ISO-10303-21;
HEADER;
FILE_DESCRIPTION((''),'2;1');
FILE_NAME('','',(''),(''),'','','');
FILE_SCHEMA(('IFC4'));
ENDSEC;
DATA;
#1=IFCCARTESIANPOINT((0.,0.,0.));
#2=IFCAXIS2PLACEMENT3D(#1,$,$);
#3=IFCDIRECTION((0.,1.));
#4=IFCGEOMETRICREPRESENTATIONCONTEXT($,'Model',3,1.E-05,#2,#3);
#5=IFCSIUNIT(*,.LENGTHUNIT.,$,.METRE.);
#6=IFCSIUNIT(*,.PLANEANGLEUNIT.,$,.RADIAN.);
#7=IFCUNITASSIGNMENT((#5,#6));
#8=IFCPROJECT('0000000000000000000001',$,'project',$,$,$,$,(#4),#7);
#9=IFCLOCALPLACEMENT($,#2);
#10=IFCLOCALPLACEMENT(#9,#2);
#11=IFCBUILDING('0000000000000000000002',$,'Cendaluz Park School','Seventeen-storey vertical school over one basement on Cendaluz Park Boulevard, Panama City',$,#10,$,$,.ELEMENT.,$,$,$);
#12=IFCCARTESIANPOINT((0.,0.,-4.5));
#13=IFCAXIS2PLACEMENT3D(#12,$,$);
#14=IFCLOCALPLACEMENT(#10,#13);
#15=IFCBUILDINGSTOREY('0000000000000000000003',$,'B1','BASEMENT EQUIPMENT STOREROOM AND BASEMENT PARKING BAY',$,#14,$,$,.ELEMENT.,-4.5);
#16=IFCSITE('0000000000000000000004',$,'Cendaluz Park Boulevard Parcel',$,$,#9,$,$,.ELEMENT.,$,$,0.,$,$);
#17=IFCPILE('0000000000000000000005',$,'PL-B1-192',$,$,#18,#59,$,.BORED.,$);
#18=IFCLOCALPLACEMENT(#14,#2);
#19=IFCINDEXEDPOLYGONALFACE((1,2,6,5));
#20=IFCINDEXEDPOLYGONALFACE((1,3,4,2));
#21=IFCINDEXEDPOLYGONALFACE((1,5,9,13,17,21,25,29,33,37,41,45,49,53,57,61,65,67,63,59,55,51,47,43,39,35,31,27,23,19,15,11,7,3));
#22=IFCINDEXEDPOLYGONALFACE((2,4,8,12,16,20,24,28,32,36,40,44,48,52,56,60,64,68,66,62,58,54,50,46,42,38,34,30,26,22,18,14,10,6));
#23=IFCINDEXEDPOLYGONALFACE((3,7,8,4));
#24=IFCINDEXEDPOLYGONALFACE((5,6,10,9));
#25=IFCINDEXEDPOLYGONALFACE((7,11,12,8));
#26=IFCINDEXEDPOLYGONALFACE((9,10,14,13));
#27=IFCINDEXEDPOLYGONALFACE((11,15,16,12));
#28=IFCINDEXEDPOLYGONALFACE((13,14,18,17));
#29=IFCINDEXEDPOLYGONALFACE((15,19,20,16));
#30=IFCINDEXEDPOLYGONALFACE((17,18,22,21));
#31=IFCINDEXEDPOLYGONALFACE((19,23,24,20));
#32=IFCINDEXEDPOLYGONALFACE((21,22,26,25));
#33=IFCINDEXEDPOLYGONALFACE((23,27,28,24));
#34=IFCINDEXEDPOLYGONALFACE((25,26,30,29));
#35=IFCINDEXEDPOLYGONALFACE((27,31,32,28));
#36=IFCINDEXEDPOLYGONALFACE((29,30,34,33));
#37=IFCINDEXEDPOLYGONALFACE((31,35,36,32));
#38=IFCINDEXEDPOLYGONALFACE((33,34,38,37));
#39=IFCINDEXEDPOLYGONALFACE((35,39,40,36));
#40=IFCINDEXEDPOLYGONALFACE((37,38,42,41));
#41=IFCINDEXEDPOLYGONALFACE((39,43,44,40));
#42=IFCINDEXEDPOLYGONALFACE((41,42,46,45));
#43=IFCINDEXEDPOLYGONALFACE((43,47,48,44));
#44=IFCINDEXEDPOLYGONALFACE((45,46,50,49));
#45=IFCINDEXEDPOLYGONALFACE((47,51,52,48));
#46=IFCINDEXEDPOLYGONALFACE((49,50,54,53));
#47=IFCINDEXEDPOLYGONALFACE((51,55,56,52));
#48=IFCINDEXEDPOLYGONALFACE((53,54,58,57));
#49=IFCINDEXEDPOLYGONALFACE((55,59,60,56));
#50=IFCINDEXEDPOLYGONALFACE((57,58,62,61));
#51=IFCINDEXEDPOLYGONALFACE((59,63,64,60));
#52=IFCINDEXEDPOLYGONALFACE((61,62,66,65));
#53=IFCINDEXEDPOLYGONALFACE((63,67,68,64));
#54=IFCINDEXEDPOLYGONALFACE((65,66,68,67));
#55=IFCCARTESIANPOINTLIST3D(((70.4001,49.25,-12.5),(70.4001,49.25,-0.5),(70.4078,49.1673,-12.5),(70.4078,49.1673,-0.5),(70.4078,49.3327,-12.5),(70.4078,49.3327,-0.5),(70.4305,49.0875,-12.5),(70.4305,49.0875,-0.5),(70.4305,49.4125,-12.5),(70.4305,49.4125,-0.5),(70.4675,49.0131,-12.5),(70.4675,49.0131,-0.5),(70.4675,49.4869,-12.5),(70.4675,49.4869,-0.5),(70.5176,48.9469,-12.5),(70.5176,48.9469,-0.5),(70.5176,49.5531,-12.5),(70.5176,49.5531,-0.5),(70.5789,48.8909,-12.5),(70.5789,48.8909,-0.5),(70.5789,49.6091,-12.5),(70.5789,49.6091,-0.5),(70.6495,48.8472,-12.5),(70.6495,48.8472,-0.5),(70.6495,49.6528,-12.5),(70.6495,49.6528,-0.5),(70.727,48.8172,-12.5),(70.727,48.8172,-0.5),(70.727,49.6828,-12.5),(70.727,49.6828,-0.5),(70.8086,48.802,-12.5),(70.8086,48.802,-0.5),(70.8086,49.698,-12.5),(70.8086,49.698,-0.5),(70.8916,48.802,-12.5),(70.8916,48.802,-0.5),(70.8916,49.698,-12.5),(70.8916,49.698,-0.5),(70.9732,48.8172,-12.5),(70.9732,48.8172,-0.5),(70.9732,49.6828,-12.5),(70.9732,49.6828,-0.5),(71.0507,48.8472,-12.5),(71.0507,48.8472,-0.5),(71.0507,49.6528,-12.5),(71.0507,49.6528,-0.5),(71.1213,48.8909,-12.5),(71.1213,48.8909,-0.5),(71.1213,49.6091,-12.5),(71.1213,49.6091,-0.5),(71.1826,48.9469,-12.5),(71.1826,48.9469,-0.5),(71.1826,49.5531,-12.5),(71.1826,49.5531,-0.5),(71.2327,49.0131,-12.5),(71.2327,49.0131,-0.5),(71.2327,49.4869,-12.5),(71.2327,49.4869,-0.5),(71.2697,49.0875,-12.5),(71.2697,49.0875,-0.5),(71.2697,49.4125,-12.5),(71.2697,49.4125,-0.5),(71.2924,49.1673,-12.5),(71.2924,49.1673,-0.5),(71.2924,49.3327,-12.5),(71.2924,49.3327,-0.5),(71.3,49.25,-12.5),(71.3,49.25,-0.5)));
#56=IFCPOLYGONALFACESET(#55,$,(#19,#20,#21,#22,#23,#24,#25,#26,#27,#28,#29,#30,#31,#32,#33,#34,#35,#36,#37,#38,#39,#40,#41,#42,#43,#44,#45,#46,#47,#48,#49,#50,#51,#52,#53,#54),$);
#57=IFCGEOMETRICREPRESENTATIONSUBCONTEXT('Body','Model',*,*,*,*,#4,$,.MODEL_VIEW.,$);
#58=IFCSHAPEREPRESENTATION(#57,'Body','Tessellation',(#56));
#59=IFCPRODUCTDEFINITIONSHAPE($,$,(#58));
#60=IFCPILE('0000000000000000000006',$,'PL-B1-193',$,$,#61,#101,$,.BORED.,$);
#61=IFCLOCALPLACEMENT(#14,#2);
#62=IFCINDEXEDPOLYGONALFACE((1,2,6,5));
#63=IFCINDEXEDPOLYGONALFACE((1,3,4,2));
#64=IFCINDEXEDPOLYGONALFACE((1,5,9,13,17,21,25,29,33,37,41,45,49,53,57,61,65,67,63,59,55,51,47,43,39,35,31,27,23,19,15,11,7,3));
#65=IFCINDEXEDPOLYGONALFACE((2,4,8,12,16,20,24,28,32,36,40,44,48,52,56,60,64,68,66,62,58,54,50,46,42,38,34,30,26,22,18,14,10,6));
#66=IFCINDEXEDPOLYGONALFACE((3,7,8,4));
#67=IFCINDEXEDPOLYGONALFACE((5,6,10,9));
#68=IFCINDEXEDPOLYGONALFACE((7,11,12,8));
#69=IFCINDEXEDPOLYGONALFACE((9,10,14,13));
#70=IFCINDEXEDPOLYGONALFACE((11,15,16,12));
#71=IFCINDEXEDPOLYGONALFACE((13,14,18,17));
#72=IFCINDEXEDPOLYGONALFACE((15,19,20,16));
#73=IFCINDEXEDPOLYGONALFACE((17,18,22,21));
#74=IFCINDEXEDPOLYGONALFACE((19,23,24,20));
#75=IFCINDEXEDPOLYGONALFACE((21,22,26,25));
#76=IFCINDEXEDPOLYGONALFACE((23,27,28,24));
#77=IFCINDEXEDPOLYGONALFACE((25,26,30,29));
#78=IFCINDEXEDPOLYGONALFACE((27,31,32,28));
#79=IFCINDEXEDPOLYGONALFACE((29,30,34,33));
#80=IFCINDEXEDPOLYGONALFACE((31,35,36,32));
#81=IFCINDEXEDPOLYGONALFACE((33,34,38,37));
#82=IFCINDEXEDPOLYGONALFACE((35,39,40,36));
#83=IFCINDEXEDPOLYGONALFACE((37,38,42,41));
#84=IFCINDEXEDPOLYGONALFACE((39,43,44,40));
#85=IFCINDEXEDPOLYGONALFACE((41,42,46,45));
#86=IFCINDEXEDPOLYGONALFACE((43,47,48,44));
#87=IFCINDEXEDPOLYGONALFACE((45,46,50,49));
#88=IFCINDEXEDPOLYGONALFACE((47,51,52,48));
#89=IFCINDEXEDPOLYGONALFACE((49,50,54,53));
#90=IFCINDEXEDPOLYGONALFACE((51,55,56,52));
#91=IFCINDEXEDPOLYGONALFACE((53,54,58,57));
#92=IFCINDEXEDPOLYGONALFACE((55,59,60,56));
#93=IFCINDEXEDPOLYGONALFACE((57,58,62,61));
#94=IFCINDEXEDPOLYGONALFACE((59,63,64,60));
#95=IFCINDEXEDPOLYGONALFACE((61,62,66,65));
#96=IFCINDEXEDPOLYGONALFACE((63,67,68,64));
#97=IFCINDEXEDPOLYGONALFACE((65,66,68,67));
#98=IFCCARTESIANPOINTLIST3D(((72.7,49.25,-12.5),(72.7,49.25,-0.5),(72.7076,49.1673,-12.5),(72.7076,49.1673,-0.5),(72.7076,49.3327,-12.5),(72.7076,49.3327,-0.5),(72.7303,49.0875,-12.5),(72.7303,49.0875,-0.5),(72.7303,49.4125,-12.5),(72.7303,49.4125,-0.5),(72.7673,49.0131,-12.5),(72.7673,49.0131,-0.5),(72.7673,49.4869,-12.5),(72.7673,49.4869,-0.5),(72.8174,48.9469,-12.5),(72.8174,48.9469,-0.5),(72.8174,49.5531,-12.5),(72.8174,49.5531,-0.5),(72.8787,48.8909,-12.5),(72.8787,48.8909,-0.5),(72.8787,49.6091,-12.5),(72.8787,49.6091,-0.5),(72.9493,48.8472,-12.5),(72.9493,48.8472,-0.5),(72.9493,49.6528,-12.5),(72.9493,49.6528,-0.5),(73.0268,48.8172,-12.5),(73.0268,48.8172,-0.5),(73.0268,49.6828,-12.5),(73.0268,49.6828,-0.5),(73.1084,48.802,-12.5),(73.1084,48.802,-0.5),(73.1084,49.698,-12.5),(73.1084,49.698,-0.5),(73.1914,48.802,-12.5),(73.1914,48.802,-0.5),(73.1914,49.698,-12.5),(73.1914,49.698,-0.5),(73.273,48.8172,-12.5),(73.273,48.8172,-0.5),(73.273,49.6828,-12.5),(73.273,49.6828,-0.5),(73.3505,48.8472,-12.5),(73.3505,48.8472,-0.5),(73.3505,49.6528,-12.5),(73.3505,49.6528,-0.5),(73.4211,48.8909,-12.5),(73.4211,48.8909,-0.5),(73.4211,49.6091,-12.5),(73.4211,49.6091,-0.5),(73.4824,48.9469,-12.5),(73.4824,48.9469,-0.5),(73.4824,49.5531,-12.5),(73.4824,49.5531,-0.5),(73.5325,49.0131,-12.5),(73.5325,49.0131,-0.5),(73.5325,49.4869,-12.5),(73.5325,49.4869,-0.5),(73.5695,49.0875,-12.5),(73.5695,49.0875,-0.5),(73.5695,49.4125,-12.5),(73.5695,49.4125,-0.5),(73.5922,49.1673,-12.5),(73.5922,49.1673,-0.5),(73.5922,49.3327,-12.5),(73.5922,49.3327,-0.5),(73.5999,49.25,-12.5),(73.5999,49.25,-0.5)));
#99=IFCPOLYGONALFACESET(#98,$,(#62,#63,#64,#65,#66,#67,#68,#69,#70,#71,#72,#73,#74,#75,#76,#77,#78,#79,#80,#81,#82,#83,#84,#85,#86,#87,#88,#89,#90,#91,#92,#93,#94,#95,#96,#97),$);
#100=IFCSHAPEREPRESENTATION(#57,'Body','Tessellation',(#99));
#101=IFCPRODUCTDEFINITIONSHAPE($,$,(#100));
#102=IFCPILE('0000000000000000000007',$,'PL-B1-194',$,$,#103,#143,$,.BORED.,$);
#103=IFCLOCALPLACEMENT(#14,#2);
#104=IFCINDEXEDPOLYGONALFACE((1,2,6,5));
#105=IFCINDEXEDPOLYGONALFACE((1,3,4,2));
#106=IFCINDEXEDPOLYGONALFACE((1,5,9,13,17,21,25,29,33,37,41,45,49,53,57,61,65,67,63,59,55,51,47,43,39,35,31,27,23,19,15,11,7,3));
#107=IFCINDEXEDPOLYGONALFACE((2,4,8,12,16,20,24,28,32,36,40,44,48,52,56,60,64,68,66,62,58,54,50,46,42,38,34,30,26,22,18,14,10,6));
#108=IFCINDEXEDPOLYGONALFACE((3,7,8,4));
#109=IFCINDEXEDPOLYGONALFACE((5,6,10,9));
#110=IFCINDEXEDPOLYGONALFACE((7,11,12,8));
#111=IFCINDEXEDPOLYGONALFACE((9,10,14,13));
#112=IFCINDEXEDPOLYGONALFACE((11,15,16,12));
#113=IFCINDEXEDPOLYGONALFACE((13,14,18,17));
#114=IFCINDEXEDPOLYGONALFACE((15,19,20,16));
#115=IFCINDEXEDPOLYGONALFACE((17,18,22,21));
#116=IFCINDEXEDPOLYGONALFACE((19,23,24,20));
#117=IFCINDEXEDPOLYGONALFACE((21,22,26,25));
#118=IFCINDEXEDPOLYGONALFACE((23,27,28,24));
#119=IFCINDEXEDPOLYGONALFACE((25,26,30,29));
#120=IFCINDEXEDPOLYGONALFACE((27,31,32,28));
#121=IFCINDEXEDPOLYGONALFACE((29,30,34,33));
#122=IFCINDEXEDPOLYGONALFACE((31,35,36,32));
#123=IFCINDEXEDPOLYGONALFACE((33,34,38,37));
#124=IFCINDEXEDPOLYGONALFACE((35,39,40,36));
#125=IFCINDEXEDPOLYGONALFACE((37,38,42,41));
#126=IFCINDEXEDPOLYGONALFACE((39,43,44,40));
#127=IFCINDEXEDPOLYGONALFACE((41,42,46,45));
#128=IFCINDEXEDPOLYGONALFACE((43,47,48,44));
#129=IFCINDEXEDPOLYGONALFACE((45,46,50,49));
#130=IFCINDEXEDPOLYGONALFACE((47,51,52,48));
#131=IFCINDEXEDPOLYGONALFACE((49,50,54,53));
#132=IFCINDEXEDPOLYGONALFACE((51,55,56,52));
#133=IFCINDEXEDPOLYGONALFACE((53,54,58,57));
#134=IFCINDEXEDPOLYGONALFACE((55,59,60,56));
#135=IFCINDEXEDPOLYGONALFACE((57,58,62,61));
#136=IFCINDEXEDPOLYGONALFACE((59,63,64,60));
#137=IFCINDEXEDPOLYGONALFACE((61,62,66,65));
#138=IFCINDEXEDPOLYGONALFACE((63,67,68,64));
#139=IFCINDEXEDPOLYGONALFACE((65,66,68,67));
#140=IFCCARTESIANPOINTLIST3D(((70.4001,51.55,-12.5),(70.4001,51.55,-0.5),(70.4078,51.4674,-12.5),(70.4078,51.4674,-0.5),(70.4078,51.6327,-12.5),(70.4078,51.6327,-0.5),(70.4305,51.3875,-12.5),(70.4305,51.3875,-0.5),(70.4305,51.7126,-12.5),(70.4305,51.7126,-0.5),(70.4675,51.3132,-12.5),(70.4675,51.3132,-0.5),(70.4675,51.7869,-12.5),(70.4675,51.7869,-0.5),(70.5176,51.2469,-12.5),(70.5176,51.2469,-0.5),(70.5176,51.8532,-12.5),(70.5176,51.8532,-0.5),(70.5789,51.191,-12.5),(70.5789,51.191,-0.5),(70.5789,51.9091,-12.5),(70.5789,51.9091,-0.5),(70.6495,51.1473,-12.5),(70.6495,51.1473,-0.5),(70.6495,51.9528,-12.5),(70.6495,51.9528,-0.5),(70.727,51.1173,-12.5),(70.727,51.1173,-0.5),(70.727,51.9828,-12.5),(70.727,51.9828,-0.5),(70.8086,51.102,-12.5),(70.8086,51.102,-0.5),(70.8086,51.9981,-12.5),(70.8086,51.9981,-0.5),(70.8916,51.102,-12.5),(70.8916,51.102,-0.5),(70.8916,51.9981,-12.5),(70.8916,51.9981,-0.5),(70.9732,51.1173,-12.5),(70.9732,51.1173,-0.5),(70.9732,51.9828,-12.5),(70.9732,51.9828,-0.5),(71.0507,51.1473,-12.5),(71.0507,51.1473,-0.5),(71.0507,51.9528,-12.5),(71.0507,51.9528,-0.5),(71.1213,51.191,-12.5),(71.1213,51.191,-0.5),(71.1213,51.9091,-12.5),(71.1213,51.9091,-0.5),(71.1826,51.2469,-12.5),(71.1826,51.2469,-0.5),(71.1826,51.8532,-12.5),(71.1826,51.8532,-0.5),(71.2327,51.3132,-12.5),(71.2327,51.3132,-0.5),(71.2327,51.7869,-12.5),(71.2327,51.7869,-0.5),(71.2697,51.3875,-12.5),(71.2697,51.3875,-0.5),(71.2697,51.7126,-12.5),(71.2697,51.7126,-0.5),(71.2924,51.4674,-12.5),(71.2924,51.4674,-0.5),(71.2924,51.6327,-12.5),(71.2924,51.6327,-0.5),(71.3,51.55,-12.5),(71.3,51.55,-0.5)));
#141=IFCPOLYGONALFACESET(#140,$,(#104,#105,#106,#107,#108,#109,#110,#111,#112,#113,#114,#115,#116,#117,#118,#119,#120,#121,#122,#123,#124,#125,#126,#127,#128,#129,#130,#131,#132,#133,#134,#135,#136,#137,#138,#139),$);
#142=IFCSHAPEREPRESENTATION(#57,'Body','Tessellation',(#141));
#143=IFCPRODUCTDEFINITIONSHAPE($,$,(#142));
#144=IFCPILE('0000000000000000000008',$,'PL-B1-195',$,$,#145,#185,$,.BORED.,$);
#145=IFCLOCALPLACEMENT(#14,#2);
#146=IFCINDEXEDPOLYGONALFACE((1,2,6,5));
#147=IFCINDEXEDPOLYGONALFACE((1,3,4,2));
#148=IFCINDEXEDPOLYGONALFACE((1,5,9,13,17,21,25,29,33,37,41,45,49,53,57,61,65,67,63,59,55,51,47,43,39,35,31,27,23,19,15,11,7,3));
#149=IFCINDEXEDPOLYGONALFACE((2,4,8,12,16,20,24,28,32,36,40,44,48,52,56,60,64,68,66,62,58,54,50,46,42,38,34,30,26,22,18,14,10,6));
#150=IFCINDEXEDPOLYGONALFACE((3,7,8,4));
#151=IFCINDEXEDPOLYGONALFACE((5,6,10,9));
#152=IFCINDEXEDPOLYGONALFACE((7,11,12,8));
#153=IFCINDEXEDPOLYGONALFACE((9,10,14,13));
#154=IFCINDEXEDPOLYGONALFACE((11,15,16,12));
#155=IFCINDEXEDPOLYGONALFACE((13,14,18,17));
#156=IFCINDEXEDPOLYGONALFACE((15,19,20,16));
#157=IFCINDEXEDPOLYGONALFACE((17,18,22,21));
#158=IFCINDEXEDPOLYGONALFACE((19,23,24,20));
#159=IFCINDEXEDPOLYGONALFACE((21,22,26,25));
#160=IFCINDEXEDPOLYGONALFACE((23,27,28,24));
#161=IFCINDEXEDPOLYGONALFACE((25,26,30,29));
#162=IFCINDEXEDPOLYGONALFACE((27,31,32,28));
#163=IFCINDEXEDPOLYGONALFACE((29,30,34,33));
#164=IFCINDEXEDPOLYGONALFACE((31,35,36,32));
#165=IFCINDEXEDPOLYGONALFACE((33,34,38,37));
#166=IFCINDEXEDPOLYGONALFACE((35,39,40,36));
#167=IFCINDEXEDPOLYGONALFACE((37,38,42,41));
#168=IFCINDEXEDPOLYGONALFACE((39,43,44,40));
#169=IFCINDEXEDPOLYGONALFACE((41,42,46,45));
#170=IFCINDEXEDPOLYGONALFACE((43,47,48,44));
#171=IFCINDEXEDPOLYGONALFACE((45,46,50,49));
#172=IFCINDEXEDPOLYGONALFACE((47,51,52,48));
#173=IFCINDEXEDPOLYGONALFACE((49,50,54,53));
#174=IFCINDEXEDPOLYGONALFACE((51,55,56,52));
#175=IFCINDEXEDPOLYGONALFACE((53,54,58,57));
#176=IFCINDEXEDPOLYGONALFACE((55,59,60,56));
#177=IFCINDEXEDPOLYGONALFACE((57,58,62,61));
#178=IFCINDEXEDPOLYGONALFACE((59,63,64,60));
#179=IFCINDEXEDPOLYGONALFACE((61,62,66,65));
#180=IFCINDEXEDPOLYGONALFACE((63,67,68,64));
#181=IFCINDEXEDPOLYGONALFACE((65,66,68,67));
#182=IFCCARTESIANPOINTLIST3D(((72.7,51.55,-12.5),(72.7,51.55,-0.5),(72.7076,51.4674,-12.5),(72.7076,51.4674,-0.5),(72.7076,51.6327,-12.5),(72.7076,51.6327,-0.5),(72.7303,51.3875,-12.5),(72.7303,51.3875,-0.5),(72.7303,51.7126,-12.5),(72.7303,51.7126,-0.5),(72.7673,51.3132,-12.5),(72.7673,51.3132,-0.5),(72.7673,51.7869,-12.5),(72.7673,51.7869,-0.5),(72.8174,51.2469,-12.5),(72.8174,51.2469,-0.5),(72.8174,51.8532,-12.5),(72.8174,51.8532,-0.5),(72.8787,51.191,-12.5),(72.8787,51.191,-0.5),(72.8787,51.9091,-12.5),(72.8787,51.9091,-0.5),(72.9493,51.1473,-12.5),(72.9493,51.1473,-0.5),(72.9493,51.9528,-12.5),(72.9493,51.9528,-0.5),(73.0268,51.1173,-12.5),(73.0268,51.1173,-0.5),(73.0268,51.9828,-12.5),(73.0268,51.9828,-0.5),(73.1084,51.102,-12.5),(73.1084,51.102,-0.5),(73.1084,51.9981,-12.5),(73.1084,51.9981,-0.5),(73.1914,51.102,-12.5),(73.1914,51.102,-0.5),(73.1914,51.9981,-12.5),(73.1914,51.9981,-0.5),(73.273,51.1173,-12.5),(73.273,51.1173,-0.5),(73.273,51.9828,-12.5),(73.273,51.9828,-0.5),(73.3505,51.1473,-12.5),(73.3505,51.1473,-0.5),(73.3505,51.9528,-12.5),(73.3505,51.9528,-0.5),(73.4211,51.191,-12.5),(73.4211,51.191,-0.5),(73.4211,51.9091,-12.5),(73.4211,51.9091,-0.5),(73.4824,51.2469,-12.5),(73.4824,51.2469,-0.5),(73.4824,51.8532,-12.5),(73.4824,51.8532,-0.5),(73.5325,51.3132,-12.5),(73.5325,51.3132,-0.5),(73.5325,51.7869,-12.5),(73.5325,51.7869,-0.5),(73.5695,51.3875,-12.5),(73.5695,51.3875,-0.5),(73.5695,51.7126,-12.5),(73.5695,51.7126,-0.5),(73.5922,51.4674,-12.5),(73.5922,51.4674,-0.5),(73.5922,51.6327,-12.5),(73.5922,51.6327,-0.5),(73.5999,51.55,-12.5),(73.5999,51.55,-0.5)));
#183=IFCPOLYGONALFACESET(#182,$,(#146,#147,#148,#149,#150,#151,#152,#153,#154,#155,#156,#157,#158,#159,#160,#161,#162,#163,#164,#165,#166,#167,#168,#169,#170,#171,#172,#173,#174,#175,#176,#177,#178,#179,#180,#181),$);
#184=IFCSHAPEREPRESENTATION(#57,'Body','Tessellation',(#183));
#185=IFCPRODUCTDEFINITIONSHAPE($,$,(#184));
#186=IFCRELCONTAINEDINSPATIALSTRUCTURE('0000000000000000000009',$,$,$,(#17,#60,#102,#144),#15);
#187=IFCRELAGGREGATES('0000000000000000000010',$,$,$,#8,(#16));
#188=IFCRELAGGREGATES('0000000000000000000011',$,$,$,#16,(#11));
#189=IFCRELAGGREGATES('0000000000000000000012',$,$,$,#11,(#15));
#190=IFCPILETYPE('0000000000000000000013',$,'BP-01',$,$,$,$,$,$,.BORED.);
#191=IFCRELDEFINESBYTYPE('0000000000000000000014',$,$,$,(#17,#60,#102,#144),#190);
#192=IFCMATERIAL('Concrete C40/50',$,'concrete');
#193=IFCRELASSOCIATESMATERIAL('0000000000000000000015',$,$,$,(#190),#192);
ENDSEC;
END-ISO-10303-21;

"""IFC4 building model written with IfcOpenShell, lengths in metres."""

from ifc_helpers import new_model, si_unit, direction, frame, origin, origin_2d, place, context, subcontext, project, spatial, circle, extrude, material, material_profile, profile_set, type_object, element, save


model = new_model("IFC4")

# Units and contexts
model_context = context("Model", 3, precision=1e-05, world=origin(), true_north=direction((0.0, 1.0)))
body_context = subcontext(model_context, "Body", "Model", "MODEL_VIEW")
ifc_project = project(units=[si_unit("LENGTHUNIT", "METRE"), si_unit("PLANEANGLEUNIT", "RADIAN")], contexts=[model_context])

# Site, building, storey
site_placement = place(None, origin())
site = spatial("IfcSite", under=ifc_project, at=site_placement, Name="Cendaluz Park Boulevard Parcel", CompositionType="ELEMENT", RefElevation=0.0)
building_placement = place(site_placement, origin())
building = spatial("IfcBuilding", under=site, at=building_placement, Name="Cendaluz Park School", Description="Seventeen-storey vertical school over one basement on Cendaluz Park Boulevard, Panama City", CompositionType="ELEMENT")
storey_placement = place(building_placement, frame((0.0, 0.0, -4.5)))
storey = spatial("IfcBuildingStorey", under=building, at=storey_placement, Name="B1", Description="BASEMENT EQUIPMENT STOREROOM AND BASEMENT PARKING BAY", CompositionType="ELEMENT", Elevation=-4.5)

# Piles
ifc_material_1 = material(Name="Concrete C40/50", Category="concrete")
ifc_material_profile_1 = material_profile(ifc_material_1, circle(Radius=0.45, at=origin_2d()), Name="BP D900", Category="concrete")
ifc_profile_set_1 = profile_set([ifc_material_profile_1], Name="Concrete C40/50")
pile_type = type_object("IfcPileType", Name="BP-01", PredefinedType="BORED", material=ifc_profile_set_1)
for number, where, z_axis, x_axis, name in (
    (1, (70.8501, 49.25, -0.5), (0.0, 0.0, -1.0), (1.0, 0.0, 0.0), "PL-B1-192"),
    (2, (73.1499, 49.25, -0.5), (0.0, 0.0, -1.0), (1.0, 0.0, 0.0), "PL-B1-193"),
    (3, (70.8501, 51.55, -0.5), (0.0, 0.0, -1.0), (1.0, 0.0, 0.0), "PL-B1-194"),
    (4, (73.1499, 51.55, -0.5), (0.0, 0.0, -1.0), (1.0, 0.0, 0.0), "PL-B1-195"),
):
    element("IfcPile", number, at=place(storey_placement, frame(where, z_axis=z_axis, x_axis=x_axis)), inside=storey, type_object=pile_type, Name=name, PredefinedType="BORED", context=body_context, shape_type="SweptSolid", body=[
        extrude(circle(Radius=0.45, at=origin_2d()), origin(), (0.0, 0.0, 1.0), 12.0),
    ])

save(model, "model.ifc")
